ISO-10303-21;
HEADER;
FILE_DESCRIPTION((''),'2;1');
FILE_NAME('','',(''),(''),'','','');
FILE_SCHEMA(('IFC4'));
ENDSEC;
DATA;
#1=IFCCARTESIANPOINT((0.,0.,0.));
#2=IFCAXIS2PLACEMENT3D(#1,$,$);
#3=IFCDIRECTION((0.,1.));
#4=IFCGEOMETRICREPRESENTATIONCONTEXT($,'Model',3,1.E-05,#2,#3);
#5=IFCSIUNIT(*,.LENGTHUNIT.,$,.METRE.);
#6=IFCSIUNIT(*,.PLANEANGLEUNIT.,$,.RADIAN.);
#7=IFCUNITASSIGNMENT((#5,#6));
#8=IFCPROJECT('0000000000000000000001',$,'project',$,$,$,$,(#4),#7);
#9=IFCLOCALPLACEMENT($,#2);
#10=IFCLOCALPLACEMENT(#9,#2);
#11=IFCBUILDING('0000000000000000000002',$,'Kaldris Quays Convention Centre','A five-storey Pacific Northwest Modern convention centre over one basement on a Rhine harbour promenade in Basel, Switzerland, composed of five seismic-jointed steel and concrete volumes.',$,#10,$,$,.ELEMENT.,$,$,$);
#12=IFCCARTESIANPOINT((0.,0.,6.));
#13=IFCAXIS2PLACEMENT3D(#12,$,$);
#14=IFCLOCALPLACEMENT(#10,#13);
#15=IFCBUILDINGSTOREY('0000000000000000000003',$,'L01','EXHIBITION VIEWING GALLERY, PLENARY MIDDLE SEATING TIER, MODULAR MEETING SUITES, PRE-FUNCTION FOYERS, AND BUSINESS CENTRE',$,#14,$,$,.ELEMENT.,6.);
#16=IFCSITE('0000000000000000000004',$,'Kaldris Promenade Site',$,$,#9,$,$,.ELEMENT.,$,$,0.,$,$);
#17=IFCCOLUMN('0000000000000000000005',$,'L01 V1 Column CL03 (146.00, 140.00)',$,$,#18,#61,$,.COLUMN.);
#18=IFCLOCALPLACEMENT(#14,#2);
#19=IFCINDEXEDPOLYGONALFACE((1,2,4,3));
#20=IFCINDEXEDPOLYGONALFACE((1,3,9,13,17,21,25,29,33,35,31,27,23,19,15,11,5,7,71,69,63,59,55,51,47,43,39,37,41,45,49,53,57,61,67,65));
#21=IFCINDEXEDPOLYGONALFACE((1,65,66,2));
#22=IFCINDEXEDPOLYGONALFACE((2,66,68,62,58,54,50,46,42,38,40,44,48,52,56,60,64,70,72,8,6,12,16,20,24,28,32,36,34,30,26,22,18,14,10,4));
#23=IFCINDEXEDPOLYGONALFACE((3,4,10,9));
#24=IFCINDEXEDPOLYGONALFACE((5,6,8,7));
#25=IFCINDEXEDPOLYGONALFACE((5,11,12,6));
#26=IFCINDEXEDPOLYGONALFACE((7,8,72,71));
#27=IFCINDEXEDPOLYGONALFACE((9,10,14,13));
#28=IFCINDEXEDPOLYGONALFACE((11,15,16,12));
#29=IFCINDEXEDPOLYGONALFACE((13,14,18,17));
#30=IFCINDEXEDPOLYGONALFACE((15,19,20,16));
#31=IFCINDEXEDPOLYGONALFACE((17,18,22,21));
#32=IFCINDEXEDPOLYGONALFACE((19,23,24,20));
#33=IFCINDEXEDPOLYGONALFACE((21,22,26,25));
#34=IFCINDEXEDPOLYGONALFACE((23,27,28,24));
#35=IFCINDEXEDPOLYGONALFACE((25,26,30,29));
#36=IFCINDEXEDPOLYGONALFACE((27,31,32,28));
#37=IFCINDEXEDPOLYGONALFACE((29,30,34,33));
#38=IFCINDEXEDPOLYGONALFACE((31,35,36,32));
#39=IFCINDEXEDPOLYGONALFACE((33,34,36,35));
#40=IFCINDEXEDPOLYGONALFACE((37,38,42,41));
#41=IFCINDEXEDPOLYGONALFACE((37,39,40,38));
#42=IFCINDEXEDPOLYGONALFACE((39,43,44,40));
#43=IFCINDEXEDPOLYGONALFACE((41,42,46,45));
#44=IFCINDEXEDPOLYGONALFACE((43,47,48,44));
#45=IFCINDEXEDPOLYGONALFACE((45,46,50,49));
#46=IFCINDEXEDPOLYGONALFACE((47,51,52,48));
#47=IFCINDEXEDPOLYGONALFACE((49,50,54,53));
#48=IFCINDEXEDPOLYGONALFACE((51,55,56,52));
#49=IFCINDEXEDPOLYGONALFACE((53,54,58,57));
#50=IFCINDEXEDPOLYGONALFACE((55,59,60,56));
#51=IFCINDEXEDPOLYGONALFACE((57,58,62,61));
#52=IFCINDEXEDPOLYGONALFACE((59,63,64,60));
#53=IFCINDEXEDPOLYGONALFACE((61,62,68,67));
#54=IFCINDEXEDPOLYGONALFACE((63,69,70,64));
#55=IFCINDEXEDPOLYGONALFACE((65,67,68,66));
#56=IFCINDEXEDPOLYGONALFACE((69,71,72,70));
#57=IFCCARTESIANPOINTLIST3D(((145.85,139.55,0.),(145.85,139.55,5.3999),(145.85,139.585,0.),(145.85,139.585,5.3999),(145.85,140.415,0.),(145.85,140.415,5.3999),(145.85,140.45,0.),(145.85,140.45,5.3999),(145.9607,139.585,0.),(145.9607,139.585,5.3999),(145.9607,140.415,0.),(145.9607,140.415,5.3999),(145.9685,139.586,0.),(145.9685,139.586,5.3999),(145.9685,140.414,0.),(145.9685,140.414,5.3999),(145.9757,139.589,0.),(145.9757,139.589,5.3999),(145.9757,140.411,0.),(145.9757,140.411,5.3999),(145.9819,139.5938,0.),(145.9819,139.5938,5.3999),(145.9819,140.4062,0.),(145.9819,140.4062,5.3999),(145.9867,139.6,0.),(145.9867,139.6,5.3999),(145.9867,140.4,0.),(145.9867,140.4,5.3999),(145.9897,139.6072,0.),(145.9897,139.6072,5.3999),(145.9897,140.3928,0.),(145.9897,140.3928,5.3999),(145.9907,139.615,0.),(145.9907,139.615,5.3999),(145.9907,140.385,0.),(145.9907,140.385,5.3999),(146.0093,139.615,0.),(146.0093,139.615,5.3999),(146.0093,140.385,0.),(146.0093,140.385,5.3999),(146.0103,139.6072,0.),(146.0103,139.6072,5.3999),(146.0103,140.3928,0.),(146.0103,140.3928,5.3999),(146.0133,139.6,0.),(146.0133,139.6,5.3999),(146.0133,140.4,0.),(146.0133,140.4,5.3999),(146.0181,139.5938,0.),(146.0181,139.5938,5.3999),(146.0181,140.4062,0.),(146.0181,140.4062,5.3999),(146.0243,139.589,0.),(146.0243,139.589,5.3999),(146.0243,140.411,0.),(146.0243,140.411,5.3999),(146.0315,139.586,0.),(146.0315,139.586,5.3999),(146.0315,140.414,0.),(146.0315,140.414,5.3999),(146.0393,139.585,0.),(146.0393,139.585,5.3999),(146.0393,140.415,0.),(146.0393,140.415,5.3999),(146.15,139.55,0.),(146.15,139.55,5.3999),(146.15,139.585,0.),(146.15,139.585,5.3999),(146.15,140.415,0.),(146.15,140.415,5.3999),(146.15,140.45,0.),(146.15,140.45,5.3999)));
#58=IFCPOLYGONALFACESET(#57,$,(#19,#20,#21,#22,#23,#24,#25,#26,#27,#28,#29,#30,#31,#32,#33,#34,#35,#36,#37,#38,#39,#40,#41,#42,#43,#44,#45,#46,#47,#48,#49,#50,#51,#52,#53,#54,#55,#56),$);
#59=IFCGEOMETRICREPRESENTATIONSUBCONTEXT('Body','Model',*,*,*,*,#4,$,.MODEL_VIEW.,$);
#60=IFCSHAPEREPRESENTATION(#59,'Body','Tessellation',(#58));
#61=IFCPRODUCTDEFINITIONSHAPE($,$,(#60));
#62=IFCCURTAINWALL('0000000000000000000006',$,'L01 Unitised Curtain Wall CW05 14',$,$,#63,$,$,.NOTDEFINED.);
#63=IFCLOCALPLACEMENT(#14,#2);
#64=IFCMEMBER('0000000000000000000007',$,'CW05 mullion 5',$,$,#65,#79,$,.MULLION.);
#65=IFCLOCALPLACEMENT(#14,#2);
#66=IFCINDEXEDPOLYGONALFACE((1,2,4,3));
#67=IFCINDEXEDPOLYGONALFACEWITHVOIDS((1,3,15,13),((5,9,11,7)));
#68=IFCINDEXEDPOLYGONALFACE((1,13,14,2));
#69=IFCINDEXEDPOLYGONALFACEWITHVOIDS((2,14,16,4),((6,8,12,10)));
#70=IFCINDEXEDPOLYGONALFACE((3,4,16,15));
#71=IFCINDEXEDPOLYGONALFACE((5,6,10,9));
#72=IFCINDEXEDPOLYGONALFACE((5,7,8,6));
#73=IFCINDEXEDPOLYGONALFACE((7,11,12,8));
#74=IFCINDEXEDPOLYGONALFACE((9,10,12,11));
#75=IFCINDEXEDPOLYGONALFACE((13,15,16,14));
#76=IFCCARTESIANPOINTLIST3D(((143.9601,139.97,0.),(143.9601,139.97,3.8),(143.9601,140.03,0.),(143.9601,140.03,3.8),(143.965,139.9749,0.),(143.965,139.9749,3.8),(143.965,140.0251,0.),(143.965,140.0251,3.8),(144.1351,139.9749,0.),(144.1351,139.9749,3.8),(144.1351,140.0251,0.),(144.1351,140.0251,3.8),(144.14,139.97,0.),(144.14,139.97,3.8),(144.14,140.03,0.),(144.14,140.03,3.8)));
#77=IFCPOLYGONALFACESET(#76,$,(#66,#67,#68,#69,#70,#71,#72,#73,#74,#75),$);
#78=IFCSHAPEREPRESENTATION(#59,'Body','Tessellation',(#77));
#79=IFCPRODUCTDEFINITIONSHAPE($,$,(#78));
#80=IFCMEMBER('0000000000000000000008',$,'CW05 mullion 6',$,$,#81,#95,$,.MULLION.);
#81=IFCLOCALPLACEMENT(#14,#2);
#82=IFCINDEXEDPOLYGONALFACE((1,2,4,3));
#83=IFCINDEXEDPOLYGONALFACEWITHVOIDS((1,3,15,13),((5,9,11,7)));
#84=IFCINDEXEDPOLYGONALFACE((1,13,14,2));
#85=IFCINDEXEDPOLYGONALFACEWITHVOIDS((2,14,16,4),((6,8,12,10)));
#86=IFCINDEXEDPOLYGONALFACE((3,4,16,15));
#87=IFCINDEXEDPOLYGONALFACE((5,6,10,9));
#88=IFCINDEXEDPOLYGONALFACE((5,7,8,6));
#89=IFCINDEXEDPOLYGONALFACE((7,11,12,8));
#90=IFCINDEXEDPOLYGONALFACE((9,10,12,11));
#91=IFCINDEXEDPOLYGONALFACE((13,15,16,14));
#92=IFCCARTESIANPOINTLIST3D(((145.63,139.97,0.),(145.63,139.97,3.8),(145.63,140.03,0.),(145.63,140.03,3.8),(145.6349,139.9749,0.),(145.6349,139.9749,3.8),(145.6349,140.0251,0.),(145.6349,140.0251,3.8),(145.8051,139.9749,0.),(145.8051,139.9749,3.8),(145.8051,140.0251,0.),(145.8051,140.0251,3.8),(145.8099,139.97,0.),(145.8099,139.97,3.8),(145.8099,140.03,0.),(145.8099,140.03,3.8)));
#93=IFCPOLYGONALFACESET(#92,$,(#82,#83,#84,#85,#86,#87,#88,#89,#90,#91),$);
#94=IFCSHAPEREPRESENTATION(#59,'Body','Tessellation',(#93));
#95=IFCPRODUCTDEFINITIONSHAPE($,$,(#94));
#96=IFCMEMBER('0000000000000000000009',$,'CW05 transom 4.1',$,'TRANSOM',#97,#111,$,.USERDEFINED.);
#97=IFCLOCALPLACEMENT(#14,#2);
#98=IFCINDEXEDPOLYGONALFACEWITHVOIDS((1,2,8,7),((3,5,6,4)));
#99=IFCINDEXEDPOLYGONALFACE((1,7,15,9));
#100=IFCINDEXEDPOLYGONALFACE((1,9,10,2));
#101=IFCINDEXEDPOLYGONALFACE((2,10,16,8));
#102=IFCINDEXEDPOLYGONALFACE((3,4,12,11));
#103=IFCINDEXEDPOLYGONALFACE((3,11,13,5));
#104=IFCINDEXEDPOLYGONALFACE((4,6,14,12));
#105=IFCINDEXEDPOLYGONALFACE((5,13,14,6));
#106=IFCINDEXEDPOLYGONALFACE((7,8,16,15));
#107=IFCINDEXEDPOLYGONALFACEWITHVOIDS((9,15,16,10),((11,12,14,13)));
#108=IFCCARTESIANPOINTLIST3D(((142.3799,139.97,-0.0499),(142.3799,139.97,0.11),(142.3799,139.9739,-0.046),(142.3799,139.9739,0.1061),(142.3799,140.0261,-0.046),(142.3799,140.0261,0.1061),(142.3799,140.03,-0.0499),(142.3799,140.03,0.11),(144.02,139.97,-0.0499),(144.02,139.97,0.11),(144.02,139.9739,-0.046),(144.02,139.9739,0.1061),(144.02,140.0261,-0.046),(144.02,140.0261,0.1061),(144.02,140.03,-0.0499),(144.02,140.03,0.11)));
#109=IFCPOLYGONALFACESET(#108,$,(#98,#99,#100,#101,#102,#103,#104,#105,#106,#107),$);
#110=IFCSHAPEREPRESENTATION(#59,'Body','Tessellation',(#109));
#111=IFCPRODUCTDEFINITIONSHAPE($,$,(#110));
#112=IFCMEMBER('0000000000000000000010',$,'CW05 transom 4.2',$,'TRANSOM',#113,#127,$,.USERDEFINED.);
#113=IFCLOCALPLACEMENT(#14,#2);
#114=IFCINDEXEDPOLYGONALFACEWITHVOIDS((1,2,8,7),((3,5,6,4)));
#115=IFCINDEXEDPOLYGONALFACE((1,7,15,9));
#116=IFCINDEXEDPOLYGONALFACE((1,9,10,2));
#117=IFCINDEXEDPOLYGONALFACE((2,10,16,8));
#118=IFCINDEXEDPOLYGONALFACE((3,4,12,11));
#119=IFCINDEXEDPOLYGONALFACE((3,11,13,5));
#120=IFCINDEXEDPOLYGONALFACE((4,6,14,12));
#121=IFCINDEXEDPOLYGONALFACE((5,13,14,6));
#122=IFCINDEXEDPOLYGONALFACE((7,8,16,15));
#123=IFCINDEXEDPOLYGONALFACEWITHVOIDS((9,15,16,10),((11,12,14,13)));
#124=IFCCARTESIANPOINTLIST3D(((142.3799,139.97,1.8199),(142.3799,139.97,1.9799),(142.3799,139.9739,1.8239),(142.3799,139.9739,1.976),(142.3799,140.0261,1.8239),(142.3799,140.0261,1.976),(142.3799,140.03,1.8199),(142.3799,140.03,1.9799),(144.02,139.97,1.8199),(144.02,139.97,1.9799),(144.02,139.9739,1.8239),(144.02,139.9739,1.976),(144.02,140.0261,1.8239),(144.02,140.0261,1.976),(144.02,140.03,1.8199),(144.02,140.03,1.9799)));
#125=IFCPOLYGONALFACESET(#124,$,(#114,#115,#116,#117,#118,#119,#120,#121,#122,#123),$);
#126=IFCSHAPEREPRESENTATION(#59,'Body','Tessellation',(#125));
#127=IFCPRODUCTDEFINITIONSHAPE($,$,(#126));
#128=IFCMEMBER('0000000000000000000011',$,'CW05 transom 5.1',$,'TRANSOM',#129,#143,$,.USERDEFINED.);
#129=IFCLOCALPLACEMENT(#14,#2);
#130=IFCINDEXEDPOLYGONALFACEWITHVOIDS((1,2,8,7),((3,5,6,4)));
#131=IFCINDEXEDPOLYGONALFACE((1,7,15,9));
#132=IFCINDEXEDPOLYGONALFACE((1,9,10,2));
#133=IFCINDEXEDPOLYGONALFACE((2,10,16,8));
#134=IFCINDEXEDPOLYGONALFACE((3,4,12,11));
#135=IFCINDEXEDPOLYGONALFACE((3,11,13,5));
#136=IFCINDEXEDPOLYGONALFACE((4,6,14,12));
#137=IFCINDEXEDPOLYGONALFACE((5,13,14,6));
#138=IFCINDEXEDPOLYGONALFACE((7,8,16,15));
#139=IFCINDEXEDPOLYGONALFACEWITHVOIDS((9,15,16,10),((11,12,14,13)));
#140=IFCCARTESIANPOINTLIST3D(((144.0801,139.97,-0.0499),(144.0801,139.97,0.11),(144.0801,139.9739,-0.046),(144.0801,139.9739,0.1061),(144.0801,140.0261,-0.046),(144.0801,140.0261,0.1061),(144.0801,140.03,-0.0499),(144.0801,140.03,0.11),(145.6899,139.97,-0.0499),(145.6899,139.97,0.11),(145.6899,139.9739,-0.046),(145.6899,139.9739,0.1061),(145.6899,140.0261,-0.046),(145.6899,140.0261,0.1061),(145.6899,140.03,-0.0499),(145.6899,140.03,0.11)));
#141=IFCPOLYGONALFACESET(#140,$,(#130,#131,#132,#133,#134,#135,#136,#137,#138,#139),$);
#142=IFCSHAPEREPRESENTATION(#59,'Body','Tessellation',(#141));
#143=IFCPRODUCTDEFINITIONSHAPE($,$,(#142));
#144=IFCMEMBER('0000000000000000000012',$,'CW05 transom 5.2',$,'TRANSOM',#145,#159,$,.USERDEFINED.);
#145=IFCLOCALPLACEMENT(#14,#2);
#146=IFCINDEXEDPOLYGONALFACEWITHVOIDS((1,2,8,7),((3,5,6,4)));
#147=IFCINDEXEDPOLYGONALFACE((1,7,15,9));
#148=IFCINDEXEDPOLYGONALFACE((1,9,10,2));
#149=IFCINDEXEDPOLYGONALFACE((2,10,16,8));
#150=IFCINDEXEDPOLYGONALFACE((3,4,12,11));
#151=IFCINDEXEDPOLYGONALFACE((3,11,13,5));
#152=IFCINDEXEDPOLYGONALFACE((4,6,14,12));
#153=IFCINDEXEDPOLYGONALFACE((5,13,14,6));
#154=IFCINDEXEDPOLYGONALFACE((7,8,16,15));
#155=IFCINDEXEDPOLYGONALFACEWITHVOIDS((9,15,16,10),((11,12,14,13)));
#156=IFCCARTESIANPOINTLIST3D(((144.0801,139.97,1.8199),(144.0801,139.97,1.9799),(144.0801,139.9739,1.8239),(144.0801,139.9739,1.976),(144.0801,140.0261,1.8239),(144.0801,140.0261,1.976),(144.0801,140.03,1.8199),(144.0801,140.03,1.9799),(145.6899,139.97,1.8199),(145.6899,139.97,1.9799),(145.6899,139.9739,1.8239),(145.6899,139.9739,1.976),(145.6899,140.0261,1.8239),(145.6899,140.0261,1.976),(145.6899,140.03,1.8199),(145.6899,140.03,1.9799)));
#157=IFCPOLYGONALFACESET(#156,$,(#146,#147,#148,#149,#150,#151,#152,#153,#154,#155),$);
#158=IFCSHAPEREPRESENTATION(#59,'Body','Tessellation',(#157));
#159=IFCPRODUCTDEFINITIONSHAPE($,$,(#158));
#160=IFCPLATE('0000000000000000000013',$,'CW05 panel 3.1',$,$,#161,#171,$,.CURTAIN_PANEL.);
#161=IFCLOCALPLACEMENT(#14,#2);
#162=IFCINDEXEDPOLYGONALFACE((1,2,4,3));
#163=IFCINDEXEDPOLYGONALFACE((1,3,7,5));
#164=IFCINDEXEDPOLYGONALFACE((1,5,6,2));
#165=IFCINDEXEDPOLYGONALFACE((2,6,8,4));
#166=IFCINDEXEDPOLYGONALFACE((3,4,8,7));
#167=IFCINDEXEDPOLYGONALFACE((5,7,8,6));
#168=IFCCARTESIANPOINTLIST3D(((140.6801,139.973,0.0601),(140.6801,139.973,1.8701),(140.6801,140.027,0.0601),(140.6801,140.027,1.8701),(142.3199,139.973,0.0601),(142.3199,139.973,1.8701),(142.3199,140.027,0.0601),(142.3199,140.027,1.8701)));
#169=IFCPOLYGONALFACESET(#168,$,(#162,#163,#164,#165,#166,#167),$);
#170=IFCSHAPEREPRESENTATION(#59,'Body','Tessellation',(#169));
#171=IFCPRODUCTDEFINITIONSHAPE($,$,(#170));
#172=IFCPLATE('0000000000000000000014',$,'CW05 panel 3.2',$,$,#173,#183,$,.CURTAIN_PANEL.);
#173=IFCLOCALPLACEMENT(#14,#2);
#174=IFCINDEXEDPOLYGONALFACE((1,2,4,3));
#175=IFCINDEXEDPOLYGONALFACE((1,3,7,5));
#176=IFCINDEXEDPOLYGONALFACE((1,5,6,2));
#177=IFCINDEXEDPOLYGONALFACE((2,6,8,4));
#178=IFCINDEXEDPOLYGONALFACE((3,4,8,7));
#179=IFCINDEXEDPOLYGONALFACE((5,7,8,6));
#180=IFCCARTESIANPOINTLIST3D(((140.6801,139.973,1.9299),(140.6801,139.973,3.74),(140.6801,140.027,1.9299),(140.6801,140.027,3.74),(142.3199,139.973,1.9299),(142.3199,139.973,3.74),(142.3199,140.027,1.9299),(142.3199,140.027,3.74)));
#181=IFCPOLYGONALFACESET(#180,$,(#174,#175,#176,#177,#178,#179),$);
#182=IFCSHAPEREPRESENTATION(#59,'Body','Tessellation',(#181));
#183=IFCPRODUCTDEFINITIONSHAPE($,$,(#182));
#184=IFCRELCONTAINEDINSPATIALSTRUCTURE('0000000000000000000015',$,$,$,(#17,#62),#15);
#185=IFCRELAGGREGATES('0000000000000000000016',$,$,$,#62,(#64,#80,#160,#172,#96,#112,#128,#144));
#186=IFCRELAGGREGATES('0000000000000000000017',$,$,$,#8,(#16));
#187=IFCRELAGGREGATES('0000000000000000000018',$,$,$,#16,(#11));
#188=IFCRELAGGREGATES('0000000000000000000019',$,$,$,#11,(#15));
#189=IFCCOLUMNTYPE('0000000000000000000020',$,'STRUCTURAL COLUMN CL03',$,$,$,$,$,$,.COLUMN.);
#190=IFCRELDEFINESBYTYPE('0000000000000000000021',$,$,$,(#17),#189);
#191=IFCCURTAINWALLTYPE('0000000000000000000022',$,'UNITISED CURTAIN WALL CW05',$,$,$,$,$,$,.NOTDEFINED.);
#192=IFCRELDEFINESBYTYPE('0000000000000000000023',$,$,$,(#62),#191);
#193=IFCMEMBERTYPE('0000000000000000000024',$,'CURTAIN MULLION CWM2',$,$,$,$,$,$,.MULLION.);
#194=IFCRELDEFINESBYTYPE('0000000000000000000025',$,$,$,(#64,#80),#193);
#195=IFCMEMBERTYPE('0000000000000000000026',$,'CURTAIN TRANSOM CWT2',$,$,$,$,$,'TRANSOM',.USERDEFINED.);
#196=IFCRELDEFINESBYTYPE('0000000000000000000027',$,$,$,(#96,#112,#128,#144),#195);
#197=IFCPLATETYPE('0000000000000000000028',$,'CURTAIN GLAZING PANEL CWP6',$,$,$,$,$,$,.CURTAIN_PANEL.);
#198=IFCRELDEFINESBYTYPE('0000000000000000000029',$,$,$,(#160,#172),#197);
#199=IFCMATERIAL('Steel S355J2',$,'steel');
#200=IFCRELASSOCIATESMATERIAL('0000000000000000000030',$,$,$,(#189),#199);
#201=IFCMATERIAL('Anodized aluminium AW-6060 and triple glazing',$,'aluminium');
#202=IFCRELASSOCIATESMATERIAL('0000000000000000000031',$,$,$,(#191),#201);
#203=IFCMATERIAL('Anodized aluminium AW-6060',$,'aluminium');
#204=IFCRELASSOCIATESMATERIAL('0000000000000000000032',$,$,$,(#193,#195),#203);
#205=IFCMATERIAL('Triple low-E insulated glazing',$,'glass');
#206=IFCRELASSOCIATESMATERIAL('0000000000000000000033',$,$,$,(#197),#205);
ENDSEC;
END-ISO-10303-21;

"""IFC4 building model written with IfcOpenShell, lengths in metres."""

from ifc_helpers import new_model, si_unit, direction, frame, origin, origin_2d, place, context, subcontext, project, spatial, rectangle, hollow_rectangle, i_section, extrude, material, material_profile, profile_set, type_object, element, aggregate, save


model = new_model("IFC4")

# Units and contexts
model_context = context("Model", 3, precision=1e-05, world=origin(), true_north=direction((0.0, 1.0)))
body_context = subcontext(model_context, "Body", "Model", "MODEL_VIEW")
ifc_project = project(units=[si_unit("LENGTHUNIT", "METRE"), si_unit("PLANEANGLEUNIT", "RADIAN")], contexts=[model_context])

# Site, building, storey
site_placement = place(None, origin())
site = spatial("IfcSite", under=ifc_project, at=site_placement, Name="Kaldris Promenade Site", CompositionType="ELEMENT", RefElevation=0.0)
building_placement = place(site_placement, origin())
building = spatial("IfcBuilding", under=site, at=building_placement, Name="Kaldris Quays Convention Centre", Description="A five-storey Pacific Northwest Modern convention centre over one basement on a Rhine harbour promenade in Basel, Switzerland, composed of five seismic-jointed steel and concrete volumes.", CompositionType="ELEMENT")
storey_placement = place(building_placement, frame((0.0, 0.0, 6.0)))
storey = spatial("IfcBuildingStorey", under=building, at=storey_placement, Name="L01", Description="EXHIBITION VIEWING GALLERY, PLENARY MIDDLE SEATING TIER, MODULAR MEETING SUITES, PRE-FUNCTION FOYERS, AND BUSINESS CENTRE", CompositionType="ELEMENT", Elevation=6.0)

# Column
ifc_material_1 = material(Name="Steel S355J2", Category="steel")
ifc_material_profile_1 = material_profile(ifc_material_1, i_section(OverallWidth=0.3, OverallDepth=0.8999, WebThickness=0.0186, FlangeThickness=0.0349, FilletRadius=0.03, at=origin_2d()), Name="HEB 900")
ifc_profile_set_1 = profile_set([ifc_material_profile_1], Name="Steel S355J2")
column_type = type_object("IfcColumnType", Name="STRUCTURAL COLUMN CL03", PredefinedType="COLUMN", material=ifc_profile_set_1)
column_placement = place(storey_placement, frame((146.0, 140.0, 0.0), z_axis=(0.0, 0.0, 1.0), x_axis=(1.0, 0.0, 0.0)))
element("IfcColumn", 1, at=column_placement, inside=storey, type_object=column_type, Name="L01 V1 Column CL03 (146.00, 140.00)", PredefinedType="COLUMN", context=body_context, shape_type="SweptSolid", body=[
    extrude(i_section(OverallWidth=0.3, OverallDepth=0.8999, WebThickness=0.0186, FlangeThickness=0.0349, FilletRadius=0.03, at=origin_2d()), origin(), (0.0, 0.0, 1.0), 5.3999),
])

# Curtain wall, members, plates
ifc_material_2 = material(Name="Anodized aluminium AW-6060 and triple glazing", Category="aluminium")
curtain_wall_type = type_object("IfcCurtainWallType", Name="UNITISED CURTAIN WALL CW05", PredefinedType="NOTDEFINED", material=ifc_material_2)
curtain_wall_placement = place(storey_placement, origin())
curtain_wall = element("IfcCurtainWall", 2, at=curtain_wall_placement, inside=storey, type_object=curtain_wall_type, Name="L01 Unitised Curtain Wall CW05 14", PredefinedType="NOTDEFINED")
ifc_material_3 = material(Name="Anodized aluminium AW-6060", Category="aluminium")
ifc_material_profile_2 = material_profile(ifc_material_3, hollow_rectangle(XDim=0.0601, YDim=0.1799, WallThickness=0.0049, at=origin_2d()), Name="RHS 180x60x5")
ifc_profile_set_2 = profile_set([ifc_material_profile_2], Name="Anodized aluminium AW-6060")
member_type_1 = type_object("IfcMemberType", Name="CURTAIN MULLION CWM2", PredefinedType="MULLION", material=ifc_profile_set_2)
member_1_placement = place(storey_placement, frame((144.05, 140.0, 0.0), z_axis=(0.0, 0.0, 1.0), x_axis=(0.0, 1.0, 0.0)))
member_1 = element("IfcMember", 3, at=member_1_placement, type_object=member_type_1, Name="CW05 mullion 5", PredefinedType="MULLION", context=body_context, shape_type="SweptSolid", body=[
    extrude(hollow_rectangle(XDim=0.0601, YDim=0.1799, WallThickness=0.0049, at=origin_2d()), origin(), (0.0, 0.0, 1.0), 3.8),
])
member_2_placement = place(storey_placement, frame((145.72, 140.0, 0.0), z_axis=(0.0, 0.0, 1.0), x_axis=(0.0, 1.0, 0.0)))
member_2 = element("IfcMember", 4, at=member_2_placement, type_object=member_type_1, Name="CW05 mullion 6", PredefinedType="MULLION", context=body_context, shape_type="SweptSolid", body=[
    extrude(hollow_rectangle(XDim=0.0601, YDim=0.1799, WallThickness=0.0049, at=origin_2d()), origin(), (0.0, 0.0, 1.0), 3.8),
])
ifc_material_profile_3 = material_profile(ifc_material_3, hollow_rectangle(XDim=0.0601, YDim=0.1599, WallThickness=0.0039, at=origin_2d()), Name="RHS 160x60x4")
ifc_profile_set_3 = profile_set([ifc_material_profile_3], Name="Anodized aluminium AW-6060")
member_type_2 = type_object("IfcMemberType", Name="CURTAIN TRANSOM CWT2", ElementType="TRANSOM", PredefinedType="USERDEFINED", material=ifc_profile_set_3)
member_3_placement = place(storey_placement, frame((142.3799, 140.0, 0.03), z_axis=(1.0, 0.0, 0.0), x_axis=(0.0, 1.0, 0.0)))
member_3 = element("IfcMember", 5, at=member_3_placement, type_object=member_type_2, Name="CW05 transom 4.1", ObjectType="TRANSOM", PredefinedType="USERDEFINED", context=body_context, shape_type="SweptSolid", body=[
    extrude(hollow_rectangle(XDim=0.0601, YDim=0.1599, WallThickness=0.0039, at=origin_2d()), origin(), (0.0, 0.0, 1.0), 1.6401),
])
member_4_placement = place(storey_placement, frame((142.3799, 140.0, 1.8999), z_axis=(1.0, 0.0, 0.0), x_axis=(0.0, 1.0, 0.0)))
member_4 = element("IfcMember", 6, at=member_4_placement, type_object=member_type_2, Name="CW05 transom 4.2", ObjectType="TRANSOM", PredefinedType="USERDEFINED", context=body_context, shape_type="SweptSolid", body=[
    extrude(hollow_rectangle(XDim=0.0601, YDim=0.1599, WallThickness=0.0039, at=origin_2d()), origin(), (0.0, 0.0, 1.0), 1.6401),
])
member_5_placement = place(storey_placement, frame((144.0801, 140.0, 0.03), z_axis=(1.0, 0.0, 0.0), x_axis=(0.0, 1.0, 0.0)))
member_5 = element("IfcMember", 7, at=member_5_placement, type_object=member_type_2, Name="CW05 transom 5.1", ObjectType="TRANSOM", PredefinedType="USERDEFINED", context=body_context, shape_type="SweptSolid", body=[
    extrude(hollow_rectangle(XDim=0.0601, YDim=0.1599, WallThickness=0.0039, at=origin_2d()), origin(), (0.0, 0.0, 1.0), 1.6099),
])
member_6_placement = place(storey_placement, frame((144.0801, 140.0, 1.8999), z_axis=(1.0, 0.0, 0.0), x_axis=(0.0, 1.0, 0.0)))
member_6 = element("IfcMember", 8, at=member_6_placement, type_object=member_type_2, Name="CW05 transom 5.2", ObjectType="TRANSOM", PredefinedType="USERDEFINED", context=body_context, shape_type="SweptSolid", body=[
    extrude(hollow_rectangle(XDim=0.0601, YDim=0.1599, WallThickness=0.0039, at=origin_2d()), origin(), (0.0, 0.0, 1.0), 1.6099),
])
ifc_material_4 = material(Name="Triple low-E insulated glazing", Category="glass")
plate_type = type_object("IfcPlateType", Name="CURTAIN GLAZING PANEL CWP6", PredefinedType="CURTAIN_PANEL", material=ifc_material_4)
plate_1_placement = place(storey_placement, frame((141.5, 140.0, 0.0601), z_axis=(0.0, 0.0, 1.0), x_axis=(1.0, 0.0, 0.0)))
plate_1 = element("IfcPlate", 9, at=plate_1_placement, type_object=plate_type, Name="CW05 panel 3.1", PredefinedType="CURTAIN_PANEL", context=body_context, shape_type="SweptSolid", body=[
    extrude(rectangle(XDim=1.6399, YDim=0.054, at=origin_2d()), origin(), (0.0, 0.0, 1.0), 1.8101),
])
plate_2_placement = place(storey_placement, frame((141.5, 140.0, 1.9299), z_axis=(0.0, 0.0, 1.0), x_axis=(1.0, 0.0, 0.0)))
plate_2 = element("IfcPlate", 10, at=plate_2_placement, type_object=plate_type, Name="CW05 panel 3.2", PredefinedType="CURTAIN_PANEL", context=body_context, shape_type="SweptSolid", body=[
    extrude(rectangle(XDim=1.6399, YDim=0.054, at=origin_2d()), origin(), (0.0, 0.0, 1.0), 1.8101),
])
aggregate(curtain_wall, [member_1, member_2, plate_1, plate_2, member_3, member_4, member_5, member_6])

save(model, "model.ifc")
